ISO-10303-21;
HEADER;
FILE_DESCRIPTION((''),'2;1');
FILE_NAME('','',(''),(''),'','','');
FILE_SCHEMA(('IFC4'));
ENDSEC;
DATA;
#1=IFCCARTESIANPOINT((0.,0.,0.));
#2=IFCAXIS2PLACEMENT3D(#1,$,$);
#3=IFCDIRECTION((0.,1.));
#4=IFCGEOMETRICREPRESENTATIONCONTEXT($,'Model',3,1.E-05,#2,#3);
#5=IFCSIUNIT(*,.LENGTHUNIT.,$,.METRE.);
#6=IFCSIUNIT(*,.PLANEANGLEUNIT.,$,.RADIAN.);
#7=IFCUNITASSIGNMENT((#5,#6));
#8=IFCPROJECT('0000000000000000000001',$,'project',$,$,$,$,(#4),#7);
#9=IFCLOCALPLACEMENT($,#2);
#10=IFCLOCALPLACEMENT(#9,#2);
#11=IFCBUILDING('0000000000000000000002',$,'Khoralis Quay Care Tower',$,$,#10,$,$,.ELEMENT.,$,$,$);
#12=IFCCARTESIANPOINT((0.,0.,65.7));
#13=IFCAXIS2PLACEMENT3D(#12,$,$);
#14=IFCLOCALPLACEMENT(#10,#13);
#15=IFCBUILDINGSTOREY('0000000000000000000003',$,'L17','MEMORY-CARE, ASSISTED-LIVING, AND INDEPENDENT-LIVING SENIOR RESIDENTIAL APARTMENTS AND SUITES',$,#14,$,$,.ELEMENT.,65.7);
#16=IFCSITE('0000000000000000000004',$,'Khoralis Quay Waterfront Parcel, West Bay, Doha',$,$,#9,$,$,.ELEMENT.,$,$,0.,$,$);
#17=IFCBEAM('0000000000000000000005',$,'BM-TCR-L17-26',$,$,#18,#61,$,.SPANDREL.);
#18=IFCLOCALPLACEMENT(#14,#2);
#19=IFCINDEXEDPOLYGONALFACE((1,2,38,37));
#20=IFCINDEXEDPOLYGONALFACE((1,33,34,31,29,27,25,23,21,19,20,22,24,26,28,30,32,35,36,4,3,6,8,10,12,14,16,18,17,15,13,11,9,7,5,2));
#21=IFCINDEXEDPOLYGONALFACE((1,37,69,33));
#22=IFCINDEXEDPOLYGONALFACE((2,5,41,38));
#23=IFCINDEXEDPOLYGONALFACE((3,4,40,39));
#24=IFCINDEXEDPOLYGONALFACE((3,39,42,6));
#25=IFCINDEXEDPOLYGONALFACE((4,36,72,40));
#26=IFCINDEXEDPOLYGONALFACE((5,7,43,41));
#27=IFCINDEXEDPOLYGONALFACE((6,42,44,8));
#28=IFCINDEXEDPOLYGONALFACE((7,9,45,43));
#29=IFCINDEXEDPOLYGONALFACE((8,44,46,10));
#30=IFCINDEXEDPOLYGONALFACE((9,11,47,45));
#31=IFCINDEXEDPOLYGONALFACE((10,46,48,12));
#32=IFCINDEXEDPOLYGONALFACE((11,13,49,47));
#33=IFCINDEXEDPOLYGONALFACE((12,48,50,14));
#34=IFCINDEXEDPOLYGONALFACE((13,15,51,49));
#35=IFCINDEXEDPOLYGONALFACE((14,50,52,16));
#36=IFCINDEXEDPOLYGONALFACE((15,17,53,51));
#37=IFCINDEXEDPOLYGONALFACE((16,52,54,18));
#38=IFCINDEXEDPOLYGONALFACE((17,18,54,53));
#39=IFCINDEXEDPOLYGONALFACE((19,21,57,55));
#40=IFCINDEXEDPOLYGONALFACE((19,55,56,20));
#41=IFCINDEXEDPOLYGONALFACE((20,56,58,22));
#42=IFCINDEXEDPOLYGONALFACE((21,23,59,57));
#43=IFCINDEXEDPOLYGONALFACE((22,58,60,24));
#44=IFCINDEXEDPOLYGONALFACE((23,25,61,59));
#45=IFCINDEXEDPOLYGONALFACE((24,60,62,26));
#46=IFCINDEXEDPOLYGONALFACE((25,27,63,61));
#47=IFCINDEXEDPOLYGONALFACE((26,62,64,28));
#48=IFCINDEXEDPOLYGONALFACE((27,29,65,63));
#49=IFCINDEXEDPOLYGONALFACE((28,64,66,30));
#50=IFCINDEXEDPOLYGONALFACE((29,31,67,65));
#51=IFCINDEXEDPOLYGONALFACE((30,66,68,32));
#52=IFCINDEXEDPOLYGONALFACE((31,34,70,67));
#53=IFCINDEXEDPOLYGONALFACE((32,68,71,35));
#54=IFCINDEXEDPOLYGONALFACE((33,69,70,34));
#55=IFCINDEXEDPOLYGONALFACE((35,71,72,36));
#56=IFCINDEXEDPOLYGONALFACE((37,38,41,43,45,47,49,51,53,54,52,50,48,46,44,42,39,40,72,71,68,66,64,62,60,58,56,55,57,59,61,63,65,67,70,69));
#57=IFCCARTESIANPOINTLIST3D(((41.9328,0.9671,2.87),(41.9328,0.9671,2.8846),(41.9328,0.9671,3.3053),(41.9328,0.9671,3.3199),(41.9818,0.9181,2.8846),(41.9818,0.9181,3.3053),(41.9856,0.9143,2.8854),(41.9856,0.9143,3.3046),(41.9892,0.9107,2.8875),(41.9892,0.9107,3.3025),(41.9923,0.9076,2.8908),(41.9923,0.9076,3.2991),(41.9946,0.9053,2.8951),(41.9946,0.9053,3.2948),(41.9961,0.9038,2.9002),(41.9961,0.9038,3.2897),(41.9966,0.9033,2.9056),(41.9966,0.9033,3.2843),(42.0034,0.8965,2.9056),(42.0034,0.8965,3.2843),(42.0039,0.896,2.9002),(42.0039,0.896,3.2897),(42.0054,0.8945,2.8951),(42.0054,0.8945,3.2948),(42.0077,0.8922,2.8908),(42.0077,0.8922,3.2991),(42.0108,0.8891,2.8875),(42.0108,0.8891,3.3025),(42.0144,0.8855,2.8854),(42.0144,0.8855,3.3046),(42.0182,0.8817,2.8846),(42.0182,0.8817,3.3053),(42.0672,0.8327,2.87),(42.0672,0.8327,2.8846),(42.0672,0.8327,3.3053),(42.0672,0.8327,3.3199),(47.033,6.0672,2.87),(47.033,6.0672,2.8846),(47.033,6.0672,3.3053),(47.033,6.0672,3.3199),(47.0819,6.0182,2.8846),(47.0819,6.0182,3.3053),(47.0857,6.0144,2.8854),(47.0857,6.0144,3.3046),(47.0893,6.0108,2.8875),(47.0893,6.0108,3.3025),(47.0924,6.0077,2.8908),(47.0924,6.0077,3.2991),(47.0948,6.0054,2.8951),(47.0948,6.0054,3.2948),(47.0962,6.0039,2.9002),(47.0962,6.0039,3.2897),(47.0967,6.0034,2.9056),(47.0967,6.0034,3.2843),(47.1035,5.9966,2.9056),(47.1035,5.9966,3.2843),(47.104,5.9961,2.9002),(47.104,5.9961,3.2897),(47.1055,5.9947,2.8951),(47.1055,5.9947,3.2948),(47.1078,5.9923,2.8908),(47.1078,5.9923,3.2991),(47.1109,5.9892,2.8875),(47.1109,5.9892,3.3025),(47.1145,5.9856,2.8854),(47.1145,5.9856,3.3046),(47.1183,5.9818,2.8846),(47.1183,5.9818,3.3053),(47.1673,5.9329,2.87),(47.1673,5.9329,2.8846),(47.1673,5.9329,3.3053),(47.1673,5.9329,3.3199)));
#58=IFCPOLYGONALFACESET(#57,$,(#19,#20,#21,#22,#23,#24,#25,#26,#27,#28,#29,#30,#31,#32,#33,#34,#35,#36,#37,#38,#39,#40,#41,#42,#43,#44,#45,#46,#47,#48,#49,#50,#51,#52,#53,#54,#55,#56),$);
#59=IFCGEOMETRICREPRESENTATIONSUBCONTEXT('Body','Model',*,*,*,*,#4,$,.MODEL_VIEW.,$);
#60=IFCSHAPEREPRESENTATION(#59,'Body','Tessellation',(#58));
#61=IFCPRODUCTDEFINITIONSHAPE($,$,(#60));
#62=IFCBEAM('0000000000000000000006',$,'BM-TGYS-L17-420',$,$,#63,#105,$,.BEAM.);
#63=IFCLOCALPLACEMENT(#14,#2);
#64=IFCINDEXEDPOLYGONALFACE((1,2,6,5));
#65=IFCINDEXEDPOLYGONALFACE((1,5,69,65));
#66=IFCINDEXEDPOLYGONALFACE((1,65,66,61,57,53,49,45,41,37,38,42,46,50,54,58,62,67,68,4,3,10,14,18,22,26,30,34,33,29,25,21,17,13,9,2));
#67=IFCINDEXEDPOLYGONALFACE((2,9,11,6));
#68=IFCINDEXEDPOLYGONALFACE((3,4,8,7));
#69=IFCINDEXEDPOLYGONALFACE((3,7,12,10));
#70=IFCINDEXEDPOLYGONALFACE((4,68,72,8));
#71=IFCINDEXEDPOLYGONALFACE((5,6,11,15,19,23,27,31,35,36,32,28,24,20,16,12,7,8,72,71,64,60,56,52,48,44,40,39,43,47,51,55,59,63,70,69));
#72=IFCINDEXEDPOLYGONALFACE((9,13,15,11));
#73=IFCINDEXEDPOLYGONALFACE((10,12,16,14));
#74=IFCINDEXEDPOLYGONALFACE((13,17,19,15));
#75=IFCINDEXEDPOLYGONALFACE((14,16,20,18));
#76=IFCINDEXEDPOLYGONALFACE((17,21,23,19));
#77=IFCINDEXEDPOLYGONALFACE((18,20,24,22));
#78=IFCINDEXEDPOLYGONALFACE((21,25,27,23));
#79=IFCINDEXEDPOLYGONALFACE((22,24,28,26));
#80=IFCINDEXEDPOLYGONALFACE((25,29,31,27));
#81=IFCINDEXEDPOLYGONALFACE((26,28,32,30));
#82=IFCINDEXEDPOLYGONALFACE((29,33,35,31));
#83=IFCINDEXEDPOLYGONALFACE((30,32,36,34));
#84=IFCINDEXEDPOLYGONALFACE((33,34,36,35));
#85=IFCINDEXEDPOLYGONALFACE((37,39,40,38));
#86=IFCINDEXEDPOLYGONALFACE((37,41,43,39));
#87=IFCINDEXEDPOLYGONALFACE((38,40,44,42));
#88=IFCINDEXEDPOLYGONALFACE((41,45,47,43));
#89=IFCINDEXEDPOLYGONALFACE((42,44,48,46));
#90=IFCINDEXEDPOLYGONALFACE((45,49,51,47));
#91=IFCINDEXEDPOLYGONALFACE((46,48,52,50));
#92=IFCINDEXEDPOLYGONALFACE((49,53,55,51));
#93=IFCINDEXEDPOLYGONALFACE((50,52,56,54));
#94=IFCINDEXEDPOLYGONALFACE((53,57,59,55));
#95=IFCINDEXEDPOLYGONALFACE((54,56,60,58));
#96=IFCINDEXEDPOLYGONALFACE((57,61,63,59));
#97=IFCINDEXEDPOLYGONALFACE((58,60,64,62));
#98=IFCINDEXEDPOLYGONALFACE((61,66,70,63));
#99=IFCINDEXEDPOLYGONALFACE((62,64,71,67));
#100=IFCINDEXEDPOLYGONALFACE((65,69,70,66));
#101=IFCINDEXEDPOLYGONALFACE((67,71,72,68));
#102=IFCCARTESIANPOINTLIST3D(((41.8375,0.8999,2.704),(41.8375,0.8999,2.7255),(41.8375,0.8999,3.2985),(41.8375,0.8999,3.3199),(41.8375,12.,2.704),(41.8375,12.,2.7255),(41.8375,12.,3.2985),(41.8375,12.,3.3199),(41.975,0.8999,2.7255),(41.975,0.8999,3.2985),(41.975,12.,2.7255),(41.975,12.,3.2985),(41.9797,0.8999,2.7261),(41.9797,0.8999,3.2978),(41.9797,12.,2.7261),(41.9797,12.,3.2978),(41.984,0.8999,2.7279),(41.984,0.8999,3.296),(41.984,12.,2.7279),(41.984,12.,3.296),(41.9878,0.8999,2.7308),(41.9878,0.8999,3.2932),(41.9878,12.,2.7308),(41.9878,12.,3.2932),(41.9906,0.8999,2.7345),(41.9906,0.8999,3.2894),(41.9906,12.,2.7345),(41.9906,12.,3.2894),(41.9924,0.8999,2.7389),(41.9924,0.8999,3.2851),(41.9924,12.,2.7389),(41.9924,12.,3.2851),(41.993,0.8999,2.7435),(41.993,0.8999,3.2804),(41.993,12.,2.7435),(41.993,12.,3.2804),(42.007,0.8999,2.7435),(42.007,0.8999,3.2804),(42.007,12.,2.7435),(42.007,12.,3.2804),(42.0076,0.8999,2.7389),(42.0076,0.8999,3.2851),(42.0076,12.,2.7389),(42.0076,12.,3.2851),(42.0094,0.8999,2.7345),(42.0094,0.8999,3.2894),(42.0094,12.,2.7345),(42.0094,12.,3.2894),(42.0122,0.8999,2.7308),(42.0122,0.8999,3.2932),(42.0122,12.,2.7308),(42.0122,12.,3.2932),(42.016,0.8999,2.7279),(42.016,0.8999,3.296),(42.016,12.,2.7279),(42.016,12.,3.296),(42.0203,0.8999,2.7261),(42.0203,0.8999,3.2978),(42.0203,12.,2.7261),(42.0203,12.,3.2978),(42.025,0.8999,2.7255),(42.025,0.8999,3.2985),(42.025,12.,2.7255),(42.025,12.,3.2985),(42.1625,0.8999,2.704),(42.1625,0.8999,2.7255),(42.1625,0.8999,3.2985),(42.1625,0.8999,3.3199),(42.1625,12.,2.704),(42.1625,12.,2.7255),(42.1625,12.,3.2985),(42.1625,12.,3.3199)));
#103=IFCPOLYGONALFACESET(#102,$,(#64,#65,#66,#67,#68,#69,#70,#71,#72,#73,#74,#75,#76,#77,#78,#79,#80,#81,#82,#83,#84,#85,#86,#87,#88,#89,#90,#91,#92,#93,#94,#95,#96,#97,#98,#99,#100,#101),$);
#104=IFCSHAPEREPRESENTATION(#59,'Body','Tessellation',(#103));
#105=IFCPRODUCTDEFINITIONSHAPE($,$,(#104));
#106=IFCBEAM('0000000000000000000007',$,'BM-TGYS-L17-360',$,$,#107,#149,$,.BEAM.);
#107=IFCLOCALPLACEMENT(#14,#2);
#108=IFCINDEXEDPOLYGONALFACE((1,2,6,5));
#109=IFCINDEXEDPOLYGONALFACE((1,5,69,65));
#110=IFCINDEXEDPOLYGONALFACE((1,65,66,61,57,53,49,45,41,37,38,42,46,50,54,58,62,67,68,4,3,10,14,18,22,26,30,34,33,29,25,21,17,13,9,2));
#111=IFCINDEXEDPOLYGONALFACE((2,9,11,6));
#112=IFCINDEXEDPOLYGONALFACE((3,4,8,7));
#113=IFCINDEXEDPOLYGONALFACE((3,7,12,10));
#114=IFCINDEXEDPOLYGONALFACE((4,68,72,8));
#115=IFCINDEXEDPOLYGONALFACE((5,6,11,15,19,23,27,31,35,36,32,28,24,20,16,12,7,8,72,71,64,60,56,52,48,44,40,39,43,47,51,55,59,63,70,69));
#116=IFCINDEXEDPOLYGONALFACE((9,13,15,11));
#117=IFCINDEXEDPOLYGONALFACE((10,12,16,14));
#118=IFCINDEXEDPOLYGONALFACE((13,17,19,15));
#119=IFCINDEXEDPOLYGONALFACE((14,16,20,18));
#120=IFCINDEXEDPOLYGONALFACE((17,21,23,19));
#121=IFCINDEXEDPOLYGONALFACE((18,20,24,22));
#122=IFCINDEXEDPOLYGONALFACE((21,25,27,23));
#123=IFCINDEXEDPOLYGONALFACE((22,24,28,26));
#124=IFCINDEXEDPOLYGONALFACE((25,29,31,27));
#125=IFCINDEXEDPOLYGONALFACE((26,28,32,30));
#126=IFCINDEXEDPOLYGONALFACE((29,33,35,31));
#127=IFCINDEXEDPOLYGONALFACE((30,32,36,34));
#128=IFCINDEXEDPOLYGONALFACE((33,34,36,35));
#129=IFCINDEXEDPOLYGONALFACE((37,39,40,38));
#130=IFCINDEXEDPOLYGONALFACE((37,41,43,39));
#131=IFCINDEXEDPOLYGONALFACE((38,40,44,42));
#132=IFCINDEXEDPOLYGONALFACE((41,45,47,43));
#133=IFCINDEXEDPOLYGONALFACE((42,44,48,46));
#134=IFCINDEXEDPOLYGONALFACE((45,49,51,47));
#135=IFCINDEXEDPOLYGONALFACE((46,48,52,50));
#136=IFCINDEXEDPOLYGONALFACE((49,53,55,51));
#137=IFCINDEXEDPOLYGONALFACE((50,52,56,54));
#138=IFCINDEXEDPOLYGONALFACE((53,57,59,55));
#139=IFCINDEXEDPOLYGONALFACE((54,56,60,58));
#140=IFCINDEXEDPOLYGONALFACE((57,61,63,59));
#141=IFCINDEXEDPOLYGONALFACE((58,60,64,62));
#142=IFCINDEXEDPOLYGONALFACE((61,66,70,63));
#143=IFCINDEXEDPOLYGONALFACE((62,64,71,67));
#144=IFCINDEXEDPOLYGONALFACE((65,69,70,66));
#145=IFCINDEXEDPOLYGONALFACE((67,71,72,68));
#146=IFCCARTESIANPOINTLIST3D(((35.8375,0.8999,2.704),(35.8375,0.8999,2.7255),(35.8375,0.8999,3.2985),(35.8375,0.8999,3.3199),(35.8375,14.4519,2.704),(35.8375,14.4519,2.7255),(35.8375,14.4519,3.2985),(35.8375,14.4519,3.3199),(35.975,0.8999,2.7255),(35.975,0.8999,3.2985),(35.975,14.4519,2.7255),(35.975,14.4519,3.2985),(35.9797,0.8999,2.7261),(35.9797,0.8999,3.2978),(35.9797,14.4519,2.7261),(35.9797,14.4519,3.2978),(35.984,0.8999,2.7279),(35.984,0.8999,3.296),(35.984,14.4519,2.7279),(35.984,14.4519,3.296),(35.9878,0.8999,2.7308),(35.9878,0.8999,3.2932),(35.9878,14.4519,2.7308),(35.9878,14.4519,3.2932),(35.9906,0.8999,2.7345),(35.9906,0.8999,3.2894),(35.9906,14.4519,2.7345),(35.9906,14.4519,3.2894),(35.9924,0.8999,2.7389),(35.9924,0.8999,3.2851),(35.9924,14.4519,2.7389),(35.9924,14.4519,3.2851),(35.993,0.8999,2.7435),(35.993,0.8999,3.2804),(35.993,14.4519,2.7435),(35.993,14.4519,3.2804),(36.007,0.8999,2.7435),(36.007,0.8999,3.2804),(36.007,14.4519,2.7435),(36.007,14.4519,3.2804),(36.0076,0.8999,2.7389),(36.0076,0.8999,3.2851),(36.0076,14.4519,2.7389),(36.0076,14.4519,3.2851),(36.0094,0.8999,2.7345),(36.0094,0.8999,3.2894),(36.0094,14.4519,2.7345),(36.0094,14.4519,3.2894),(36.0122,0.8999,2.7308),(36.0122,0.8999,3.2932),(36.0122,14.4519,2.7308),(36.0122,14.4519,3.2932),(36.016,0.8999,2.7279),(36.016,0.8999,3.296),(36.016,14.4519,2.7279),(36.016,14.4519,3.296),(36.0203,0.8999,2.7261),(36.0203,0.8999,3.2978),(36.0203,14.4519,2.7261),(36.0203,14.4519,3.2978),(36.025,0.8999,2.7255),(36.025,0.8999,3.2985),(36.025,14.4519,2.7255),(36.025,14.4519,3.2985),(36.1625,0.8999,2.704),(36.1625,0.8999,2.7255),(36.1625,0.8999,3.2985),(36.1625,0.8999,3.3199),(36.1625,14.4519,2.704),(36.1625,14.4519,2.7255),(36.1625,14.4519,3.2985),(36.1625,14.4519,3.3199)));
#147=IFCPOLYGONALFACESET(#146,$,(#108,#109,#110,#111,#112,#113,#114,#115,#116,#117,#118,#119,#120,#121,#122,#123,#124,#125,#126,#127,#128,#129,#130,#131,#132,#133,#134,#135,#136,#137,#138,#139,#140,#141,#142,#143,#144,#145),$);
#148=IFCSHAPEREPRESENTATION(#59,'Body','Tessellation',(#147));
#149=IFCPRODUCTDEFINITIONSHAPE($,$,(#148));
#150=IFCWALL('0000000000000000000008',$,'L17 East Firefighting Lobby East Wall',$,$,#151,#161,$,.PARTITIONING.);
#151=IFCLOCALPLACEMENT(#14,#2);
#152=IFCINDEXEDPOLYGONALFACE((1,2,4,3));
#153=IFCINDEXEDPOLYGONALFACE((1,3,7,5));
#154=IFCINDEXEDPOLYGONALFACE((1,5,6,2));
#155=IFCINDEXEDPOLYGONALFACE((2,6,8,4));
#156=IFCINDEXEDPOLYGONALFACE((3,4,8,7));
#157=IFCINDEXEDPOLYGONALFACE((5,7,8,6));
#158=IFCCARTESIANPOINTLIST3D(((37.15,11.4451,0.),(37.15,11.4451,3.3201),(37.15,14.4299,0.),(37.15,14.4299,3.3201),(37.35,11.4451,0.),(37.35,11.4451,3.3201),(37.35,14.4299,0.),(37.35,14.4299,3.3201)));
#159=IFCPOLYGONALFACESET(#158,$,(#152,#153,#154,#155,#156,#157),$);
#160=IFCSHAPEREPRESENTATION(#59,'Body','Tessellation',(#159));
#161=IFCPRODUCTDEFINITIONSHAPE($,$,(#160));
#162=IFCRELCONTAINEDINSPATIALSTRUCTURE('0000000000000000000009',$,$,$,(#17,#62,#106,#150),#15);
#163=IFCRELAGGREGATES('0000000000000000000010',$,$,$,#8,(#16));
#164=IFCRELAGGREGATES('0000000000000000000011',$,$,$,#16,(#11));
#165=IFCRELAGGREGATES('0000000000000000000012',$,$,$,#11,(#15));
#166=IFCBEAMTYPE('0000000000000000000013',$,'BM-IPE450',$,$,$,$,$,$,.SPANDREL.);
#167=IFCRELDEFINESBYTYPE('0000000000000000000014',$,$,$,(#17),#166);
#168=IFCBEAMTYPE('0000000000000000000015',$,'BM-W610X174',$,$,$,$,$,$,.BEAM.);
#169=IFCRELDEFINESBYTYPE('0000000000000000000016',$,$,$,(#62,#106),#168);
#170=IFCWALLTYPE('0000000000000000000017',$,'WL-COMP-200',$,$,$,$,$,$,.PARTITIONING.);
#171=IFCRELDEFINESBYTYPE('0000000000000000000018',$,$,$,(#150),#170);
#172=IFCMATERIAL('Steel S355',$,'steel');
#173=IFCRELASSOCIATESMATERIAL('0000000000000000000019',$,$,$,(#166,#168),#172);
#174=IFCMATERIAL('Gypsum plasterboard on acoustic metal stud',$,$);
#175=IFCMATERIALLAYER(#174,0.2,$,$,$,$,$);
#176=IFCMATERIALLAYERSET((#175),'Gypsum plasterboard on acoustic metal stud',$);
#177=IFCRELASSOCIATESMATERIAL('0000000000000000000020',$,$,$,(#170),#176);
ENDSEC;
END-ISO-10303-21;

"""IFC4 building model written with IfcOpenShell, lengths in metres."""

from ifc_helpers import new_model, si_unit, direction, frame, frame_2d, origin, origin_2d, place, context, subcontext, project, spatial, rectangle, i_section, extrude, source, transform, mapped, material, layer, layer_set, material_profile, profile_set, type_object, element, save


model = new_model("IFC4")

# Units and contexts
model_context = context("Model", 3, precision=1e-05, world=origin(), true_north=direction((0.0, 1.0)))
body_context = subcontext(model_context, "Body", "Model", "MODEL_VIEW")
ifc_project = project(units=[si_unit("LENGTHUNIT", "METRE"), si_unit("PLANEANGLEUNIT", "RADIAN")], contexts=[model_context])

# Site, building, storey
site_placement = place(None, origin())
site = spatial("IfcSite", under=ifc_project, at=site_placement, Name="Khoralis Quay Waterfront Parcel, West Bay, Doha", CompositionType="ELEMENT", RefElevation=0.0)
building_placement = place(site_placement, origin())
building = spatial("IfcBuilding", under=site, at=building_placement, Name="Khoralis Quay Care Tower", CompositionType="ELEMENT")
storey_placement = place(building_placement, frame((0.0, 0.0, 65.7)))
storey = spatial("IfcBuildingStorey", under=building, at=storey_placement, Name="L17", Description="MEMORY-CARE, ASSISTED-LIVING, AND INDEPENDENT-LIVING SENIOR RESIDENTIAL APARTMENTS AND SUITES", CompositionType="ELEMENT", Elevation=65.7)

# Beams
ifc_material_1 = material(Name="Steel S355", Category="steel")
ifc_material_profile_1 = material_profile(ifc_material_1, i_section(OverallWidth=0.1899, OverallDepth=0.45, WebThickness=0.0095, FlangeThickness=0.0146, FilletRadius=0.021, at=origin_2d()), Name="Steel S355")
ifc_profile_set_1 = profile_set([ifc_material_profile_1], Name="Steel S355")
beam_type_1 = type_object("IfcBeamType", Name="BM-IPE450", PredefinedType="SPANDREL", material=ifc_profile_set_1)
shared_shape_1 = source(origin(), body_context, "Body", "SweptSolid", [
    extrude(i_section(OverallWidth=0.1899, OverallDepth=0.45, WebThickness=0.0095, FlangeThickness=0.0146, FilletRadius=0.021, at=origin_2d()), origin(), (0.0, 0.0, 1.0), 7.2126),
])
beam_1_placement = place(storey_placement, frame((42.0, 0.8999, 3.095), z_axis=(0.707107, 0.707107, 0.0), x_axis=(-0.707107, 0.707107, 0.0)))
element("IfcBeam", 1, at=beam_1_placement, inside=storey, type_object=beam_type_1, Name="BM-TCR-L17-26", PredefinedType="SPANDREL", context=body_context, shape_type="MappedRepresentation", body=[
    mapped(shared_shape_1, transform((0.0, 0.0, 0.0), scale=1.0)),
])
ifc_material_profile_2 = material_profile(ifc_material_1, i_section(OverallWidth=0.325, OverallDepth=0.616, WebThickness=0.0139, FlangeThickness=0.0215, FilletRadius=0.0181, at=origin_2d()), Name="Steel S355")
ifc_profile_set_2 = profile_set([ifc_material_profile_2], Name="Steel S355")
beam_type_2 = type_object("IfcBeamType", Name="BM-W610X174", PredefinedType="BEAM", material=ifc_profile_set_2)
shared_shape_2 = source(origin(), body_context, "Body", "SweptSolid", [
    extrude(i_section(OverallWidth=0.325, OverallDepth=0.616, WebThickness=0.0139, FlangeThickness=0.0215, FilletRadius=0.0181, at=origin_2d()), origin(), (0.0, 0.0, 1.0), 11.1001),
])
beam_2_placement = place(storey_placement, frame((42.0, 0.8999, 3.012), z_axis=(0.0, 1.0, 0.0), x_axis=(-1.0, 0.0, 0.0)))
element("IfcBeam", 2, at=beam_2_placement, inside=storey, type_object=beam_type_2, Name="BM-TGYS-L17-420", PredefinedType="BEAM", context=body_context, shape_type="MappedRepresentation", body=[
    mapped(shared_shape_2, transform((0.0, 0.0, 0.0), scale=1.0)),
])
shared_shape_3 = source(origin(), body_context, "Body", "SweptSolid", [
    extrude(i_section(OverallWidth=0.325, OverallDepth=0.616, WebThickness=0.0139, FlangeThickness=0.0215, FilletRadius=0.0181, at=origin_2d()), origin(), (0.0, 0.0, 1.0), 13.552),
])
beam_3_placement = place(storey_placement, frame((36.0, 0.8999, 3.012), z_axis=(0.0, 1.0, 0.0), x_axis=(-1.0, 0.0, 0.0)))
element("IfcBeam", 3, at=beam_3_placement, inside=storey, type_object=beam_type_2, Name="BM-TGYS-L17-360", PredefinedType="BEAM", context=body_context, shape_type="MappedRepresentation", body=[
    mapped(shared_shape_3, transform((0.0, 0.0, 0.0), scale=1.0)),
])

# Wall
ifc_material_2 = material(Name="Gypsum plasterboard on acoustic metal stud")
ifc_layer_1 = layer(ifc_material_2, 0.2)
ifc_layer_set_1 = layer_set([ifc_layer_1], Name="Gypsum plasterboard on acoustic metal stud")
wall_type_1 = type_object("IfcWallType", Name="WL-COMP-200", PredefinedType="PARTITIONING", material=ifc_layer_set_1)
wall_1_placement = place(storey_placement, frame((37.25, 11.4451, 0.0), z_axis=(0.0, 0.0, 1.0), x_axis=(0.0, 1.0, 0.0)))
element("IfcWall", 4, at=wall_1_placement, inside=storey, type_object=wall_type_1, Name="L17 East Firefighting Lobby East Wall", PredefinedType="PARTITIONING", context=body_context, shape_type="SweptSolid", body=[
    extrude(rectangle(XDim=2.9849, YDim=0.2, at=frame_2d((1.4924, 0.0))), origin(), (0.0, 0.0, 1.0), 3.3201),
])

save(model, "model.ifc")
